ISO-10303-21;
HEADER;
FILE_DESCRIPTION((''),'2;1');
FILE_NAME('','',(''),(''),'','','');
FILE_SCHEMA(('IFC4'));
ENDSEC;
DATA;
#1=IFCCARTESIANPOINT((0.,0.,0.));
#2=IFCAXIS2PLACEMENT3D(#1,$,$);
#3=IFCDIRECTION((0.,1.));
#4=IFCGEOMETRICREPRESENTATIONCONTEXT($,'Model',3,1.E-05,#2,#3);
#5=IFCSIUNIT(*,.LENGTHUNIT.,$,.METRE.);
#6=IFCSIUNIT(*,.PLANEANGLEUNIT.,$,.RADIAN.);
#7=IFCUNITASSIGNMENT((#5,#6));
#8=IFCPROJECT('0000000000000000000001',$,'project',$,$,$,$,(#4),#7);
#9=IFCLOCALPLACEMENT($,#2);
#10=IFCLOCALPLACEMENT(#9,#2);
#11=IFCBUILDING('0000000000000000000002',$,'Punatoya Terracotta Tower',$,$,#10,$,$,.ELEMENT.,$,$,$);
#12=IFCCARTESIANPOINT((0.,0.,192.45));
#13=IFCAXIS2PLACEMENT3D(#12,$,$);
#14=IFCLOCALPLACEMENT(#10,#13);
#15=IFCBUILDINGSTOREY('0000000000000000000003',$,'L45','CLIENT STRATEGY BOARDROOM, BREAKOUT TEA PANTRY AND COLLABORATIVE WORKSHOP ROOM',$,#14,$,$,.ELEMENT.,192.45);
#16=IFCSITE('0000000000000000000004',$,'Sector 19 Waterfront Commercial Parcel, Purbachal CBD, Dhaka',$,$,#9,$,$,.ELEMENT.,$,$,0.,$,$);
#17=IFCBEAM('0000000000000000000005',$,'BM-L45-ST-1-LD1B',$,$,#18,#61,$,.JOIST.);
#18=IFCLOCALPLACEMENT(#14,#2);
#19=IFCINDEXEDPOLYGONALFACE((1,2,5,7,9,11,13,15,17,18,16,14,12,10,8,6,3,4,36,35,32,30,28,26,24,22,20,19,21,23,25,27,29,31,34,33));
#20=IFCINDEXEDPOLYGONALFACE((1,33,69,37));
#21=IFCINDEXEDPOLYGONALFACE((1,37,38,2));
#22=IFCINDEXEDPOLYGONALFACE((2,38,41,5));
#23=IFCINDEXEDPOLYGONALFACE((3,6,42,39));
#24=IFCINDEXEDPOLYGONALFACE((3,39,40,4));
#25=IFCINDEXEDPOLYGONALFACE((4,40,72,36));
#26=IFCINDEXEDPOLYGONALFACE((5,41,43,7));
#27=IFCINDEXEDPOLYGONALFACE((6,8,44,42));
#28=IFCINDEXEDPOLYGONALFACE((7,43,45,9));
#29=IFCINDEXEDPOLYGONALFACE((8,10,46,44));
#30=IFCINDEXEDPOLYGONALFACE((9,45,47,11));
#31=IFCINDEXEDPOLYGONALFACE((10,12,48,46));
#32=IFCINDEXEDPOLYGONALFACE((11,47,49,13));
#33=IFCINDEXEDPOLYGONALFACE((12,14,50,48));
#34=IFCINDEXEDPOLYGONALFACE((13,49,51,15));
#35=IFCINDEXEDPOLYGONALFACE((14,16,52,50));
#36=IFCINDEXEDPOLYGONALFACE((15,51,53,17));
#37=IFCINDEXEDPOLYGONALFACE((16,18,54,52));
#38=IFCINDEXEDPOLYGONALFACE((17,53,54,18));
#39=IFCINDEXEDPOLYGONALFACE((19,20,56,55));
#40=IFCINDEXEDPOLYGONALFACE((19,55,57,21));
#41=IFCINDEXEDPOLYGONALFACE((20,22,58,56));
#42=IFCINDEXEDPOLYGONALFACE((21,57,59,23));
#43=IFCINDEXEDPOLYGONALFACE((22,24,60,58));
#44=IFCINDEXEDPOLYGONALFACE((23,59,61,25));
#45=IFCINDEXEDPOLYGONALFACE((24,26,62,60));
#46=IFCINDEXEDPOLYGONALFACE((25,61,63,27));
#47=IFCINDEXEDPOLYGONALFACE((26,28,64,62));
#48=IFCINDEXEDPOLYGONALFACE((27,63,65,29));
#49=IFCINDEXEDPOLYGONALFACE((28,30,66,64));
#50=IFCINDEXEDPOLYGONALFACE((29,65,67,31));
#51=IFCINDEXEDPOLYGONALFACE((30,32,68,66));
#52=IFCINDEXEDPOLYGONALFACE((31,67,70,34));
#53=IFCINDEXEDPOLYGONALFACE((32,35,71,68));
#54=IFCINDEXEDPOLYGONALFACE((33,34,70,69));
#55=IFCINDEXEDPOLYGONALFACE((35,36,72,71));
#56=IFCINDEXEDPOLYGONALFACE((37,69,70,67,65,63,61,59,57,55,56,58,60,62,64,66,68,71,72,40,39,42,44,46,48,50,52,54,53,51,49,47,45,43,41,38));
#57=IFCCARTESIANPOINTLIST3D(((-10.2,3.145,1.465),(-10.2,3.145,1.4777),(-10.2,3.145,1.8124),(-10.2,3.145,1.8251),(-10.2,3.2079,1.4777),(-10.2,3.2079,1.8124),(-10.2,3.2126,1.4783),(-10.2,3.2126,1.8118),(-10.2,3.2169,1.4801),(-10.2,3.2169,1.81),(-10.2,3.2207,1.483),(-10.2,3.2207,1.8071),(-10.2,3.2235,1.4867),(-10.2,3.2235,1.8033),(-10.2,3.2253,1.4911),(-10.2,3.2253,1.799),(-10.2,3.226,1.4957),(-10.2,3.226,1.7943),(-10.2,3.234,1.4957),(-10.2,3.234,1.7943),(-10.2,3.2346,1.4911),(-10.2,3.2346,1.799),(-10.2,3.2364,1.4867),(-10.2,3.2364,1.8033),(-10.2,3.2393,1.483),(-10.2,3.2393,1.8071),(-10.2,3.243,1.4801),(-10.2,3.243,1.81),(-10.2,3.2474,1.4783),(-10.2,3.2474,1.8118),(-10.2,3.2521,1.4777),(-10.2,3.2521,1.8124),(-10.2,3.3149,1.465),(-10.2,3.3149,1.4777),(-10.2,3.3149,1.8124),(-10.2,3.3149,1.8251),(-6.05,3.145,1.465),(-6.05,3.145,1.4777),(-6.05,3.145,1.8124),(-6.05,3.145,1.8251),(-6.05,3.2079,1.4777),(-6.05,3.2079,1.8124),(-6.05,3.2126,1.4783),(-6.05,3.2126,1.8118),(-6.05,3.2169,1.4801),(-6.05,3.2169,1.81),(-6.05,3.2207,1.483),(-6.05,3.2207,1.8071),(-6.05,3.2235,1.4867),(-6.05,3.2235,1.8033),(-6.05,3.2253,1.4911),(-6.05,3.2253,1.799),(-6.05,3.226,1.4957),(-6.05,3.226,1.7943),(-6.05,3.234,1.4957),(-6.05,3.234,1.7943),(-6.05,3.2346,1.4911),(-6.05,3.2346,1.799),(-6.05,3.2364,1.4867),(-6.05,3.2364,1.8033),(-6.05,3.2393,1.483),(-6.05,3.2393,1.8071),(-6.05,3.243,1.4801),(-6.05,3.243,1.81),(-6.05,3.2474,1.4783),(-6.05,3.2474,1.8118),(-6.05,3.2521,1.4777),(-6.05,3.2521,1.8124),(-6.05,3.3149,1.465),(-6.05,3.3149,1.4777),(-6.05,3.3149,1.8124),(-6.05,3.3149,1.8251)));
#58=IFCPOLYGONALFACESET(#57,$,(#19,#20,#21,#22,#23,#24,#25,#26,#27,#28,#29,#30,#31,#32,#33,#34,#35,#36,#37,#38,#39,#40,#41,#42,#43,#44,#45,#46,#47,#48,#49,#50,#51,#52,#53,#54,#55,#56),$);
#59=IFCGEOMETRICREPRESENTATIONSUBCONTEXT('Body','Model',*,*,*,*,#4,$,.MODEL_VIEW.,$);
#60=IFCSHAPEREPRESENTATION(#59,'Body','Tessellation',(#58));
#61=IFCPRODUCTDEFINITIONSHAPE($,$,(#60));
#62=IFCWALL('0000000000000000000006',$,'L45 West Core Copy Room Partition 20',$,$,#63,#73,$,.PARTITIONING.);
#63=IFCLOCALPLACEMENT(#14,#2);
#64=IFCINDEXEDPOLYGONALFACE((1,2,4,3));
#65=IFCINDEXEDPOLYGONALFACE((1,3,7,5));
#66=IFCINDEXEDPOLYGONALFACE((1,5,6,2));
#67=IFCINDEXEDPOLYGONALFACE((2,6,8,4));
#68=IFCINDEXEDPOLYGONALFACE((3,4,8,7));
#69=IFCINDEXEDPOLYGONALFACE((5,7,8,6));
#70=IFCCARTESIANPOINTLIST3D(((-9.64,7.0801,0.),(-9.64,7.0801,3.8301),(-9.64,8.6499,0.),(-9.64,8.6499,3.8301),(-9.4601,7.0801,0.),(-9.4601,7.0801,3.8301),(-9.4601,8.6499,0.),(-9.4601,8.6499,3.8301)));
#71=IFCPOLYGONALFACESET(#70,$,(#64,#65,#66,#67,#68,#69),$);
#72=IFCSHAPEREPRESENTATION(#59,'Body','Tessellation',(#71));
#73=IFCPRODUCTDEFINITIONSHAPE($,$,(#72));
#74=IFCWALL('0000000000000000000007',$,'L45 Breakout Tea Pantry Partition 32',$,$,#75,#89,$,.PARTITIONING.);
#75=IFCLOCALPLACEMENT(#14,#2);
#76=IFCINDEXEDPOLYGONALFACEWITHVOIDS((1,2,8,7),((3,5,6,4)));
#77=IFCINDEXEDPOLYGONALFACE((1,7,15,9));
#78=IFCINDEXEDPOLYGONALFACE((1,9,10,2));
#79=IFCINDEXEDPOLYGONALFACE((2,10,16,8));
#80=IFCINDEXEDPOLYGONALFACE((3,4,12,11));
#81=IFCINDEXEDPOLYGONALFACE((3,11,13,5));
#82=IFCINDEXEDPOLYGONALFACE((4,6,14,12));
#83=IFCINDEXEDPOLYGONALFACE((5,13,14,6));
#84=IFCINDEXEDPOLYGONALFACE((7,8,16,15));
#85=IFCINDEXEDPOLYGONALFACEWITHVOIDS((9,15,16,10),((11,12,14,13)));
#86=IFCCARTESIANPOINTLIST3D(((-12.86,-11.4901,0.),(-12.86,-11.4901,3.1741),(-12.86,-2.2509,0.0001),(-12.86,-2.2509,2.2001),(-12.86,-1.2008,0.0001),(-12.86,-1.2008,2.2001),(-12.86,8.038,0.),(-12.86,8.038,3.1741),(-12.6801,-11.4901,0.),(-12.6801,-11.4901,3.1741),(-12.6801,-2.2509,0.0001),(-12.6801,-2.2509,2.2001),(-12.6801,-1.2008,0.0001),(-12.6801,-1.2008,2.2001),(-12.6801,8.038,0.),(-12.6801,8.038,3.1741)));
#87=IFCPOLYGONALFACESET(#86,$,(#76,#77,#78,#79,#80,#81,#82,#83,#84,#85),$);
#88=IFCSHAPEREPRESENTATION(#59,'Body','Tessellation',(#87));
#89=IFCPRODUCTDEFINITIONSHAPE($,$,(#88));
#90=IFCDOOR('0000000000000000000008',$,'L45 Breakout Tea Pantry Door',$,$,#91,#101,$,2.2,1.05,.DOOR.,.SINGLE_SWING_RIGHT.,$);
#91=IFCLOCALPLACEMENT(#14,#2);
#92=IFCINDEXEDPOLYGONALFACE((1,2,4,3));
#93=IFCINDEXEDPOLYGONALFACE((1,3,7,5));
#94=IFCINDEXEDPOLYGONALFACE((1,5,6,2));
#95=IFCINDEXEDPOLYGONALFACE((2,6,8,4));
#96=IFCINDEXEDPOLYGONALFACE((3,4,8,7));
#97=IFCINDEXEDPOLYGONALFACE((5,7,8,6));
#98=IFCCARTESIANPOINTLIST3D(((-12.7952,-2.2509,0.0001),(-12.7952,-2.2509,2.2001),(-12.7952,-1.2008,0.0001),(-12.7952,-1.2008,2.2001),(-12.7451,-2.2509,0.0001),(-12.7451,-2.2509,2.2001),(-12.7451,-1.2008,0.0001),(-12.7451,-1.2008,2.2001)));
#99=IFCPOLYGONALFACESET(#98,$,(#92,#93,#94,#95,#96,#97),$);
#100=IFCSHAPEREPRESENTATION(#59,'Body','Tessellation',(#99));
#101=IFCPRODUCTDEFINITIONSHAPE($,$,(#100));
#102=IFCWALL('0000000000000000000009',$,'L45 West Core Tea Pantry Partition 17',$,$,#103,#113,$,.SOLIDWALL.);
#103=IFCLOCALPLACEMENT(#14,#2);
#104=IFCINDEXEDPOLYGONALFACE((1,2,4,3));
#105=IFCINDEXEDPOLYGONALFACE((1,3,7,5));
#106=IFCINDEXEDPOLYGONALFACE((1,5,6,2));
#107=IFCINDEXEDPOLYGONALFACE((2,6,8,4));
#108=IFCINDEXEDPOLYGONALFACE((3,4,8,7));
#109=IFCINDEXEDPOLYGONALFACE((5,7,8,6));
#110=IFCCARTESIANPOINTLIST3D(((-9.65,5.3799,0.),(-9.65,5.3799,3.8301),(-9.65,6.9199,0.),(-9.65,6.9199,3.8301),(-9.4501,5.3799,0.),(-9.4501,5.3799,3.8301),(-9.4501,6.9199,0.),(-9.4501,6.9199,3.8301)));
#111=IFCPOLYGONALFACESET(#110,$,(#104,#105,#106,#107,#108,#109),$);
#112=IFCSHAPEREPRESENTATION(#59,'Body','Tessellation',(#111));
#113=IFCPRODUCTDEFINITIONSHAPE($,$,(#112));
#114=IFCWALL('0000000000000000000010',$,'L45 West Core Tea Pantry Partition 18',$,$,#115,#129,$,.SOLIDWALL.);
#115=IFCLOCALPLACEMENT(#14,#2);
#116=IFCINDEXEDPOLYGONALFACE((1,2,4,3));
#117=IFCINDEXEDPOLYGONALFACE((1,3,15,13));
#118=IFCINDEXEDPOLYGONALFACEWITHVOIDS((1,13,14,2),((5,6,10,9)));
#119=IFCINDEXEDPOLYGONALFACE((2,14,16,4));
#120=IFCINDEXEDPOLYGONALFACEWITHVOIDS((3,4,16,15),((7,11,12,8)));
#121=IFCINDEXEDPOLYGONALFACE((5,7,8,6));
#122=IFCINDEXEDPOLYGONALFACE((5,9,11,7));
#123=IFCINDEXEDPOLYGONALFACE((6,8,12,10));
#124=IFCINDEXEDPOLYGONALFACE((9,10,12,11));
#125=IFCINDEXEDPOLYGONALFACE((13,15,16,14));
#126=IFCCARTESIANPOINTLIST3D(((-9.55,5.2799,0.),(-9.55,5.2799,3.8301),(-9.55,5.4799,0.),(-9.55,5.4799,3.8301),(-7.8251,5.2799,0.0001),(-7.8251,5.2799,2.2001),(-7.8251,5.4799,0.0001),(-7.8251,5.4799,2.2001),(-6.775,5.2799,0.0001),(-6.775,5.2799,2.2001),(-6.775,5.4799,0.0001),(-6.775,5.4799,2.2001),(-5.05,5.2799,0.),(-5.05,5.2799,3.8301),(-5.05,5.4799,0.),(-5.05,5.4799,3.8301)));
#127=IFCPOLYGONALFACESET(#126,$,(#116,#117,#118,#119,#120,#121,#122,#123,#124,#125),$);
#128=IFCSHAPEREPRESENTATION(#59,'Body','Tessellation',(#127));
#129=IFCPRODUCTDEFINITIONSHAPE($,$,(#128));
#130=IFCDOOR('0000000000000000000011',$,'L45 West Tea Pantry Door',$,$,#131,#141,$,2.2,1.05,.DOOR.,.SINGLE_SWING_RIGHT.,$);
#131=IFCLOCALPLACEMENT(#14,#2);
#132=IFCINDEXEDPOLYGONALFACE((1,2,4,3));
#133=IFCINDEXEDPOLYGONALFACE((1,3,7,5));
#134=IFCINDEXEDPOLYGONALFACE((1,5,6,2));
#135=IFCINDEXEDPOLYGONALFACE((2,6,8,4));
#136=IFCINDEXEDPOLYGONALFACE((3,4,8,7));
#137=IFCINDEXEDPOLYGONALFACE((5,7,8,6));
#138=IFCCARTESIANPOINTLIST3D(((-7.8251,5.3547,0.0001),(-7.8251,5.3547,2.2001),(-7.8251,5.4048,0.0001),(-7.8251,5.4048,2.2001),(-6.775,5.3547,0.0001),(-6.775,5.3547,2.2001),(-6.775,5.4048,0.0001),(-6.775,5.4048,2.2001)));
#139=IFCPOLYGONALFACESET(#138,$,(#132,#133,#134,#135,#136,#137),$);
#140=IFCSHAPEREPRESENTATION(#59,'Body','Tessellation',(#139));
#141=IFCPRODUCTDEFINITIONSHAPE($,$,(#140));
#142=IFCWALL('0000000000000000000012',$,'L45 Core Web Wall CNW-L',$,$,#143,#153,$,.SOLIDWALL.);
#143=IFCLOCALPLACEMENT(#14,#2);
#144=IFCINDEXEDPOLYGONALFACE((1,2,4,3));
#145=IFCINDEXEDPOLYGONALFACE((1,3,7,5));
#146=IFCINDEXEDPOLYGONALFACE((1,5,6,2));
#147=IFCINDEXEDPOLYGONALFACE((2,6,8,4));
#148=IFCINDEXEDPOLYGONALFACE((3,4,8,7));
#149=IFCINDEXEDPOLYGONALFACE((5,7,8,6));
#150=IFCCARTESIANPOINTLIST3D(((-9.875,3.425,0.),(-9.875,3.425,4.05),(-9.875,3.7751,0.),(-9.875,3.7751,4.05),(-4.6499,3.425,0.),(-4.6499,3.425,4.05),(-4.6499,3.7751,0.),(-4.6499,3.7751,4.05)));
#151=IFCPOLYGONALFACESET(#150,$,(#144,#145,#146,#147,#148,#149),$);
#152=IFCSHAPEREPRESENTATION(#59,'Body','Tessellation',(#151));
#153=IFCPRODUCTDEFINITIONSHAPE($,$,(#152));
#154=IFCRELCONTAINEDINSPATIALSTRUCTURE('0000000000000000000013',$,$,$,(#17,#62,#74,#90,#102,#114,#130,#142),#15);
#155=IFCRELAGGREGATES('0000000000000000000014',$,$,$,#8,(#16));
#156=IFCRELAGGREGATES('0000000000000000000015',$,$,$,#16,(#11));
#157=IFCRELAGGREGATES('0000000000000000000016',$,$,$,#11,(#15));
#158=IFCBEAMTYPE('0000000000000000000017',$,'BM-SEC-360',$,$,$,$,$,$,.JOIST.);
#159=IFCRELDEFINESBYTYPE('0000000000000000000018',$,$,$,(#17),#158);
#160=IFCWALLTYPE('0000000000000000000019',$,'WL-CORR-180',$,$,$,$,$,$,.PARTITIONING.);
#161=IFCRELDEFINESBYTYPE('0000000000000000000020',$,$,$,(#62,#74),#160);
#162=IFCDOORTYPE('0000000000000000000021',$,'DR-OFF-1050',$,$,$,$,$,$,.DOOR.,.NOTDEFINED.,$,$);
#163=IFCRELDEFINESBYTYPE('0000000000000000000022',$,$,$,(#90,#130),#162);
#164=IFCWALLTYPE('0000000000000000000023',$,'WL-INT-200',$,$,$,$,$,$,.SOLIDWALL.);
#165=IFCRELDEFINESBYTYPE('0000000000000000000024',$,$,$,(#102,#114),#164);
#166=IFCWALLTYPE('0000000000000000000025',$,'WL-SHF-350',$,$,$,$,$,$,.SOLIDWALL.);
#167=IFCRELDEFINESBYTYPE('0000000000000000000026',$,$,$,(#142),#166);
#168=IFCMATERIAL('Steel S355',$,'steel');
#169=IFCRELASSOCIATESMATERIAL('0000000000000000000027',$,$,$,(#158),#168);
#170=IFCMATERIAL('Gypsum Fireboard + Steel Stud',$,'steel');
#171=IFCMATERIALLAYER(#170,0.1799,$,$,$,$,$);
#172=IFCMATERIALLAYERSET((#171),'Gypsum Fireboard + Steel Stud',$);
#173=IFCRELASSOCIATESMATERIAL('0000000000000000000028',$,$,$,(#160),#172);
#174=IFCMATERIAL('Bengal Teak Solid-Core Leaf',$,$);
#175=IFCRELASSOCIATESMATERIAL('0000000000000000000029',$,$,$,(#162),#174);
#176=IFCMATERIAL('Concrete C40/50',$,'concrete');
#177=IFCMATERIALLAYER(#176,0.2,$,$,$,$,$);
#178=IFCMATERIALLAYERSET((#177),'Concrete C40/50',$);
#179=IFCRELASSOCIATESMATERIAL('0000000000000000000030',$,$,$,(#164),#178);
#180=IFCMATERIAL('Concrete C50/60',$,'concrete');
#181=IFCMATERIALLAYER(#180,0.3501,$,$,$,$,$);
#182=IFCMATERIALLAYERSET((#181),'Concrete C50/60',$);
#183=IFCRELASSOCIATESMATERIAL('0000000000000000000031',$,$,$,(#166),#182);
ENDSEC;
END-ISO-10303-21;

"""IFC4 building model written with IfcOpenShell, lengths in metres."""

from ifc_helpers import new_model, si_unit, direction, frame, frame_2d, origin, origin_2d, place, context, subcontext, project, spatial, rectangle, i_section, extrude, material, layer, layer_set, material_profile, profile_set, type_object, element, fill, save


model = new_model("IFC4")

# Units and contexts
model_context = context("Model", 3, precision=1e-05, world=origin(), true_north=direction((0.0, 1.0)))
body_context = subcontext(model_context, "Body", "Model", "MODEL_VIEW")
ifc_project = project(units=[si_unit("LENGTHUNIT", "METRE"), si_unit("PLANEANGLEUNIT", "RADIAN")], contexts=[model_context])

# Site, building, storey
site_placement = place(None, origin())
site = spatial("IfcSite", under=ifc_project, at=site_placement, Name="Sector 19 Waterfront Commercial Parcel, Purbachal CBD, Dhaka", CompositionType="ELEMENT", RefElevation=0.0)
building_placement = place(site_placement, origin())
building = spatial("IfcBuilding", under=site, at=building_placement, Name="Punatoya Terracotta Tower", CompositionType="ELEMENT")
storey_placement = place(building_placement, frame((0.0, 0.0, 192.45)))
storey = spatial("IfcBuildingStorey", under=building, at=storey_placement, Name="L45", Description="CLIENT STRATEGY BOARDROOM, BREAKOUT TEA PANTRY AND COLLABORATIVE WORKSHOP ROOM", CompositionType="ELEMENT", Elevation=192.45)

# Beam
ifc_material_1 = material(Name="Steel S355", Category="steel")
ifc_material_profile_1 = material_profile(ifc_material_1, i_section(OverallWidth=0.1699, OverallDepth=0.3601, WebThickness=0.0081, FlangeThickness=0.0127, FilletRadius=0.0181, at=origin_2d()))
ifc_profile_set_1 = profile_set([ifc_material_profile_1], Name="Steel S355")
beam_type_1 = type_object("IfcBeamType", Name="BM-SEC-360", PredefinedType="JOIST", material=ifc_profile_set_1)
for number, where, z_axis, x_axis, name in (
    (1, (-10.2, 3.23, 1.645), (1.0, 0.0, 0.0), (0.0, 1.0, 0.0), "BM-L45-ST-1-LD1B"),
):
    element("IfcBeam", number, at=place(storey_placement, frame(where, z_axis=z_axis, x_axis=x_axis)), inside=storey, type_object=beam_type_1, Name=name, PredefinedType="JOIST", context=body_context, shape_type="SweptSolid", body=[
        extrude(i_section(OverallWidth=0.1699, OverallDepth=0.3601, WebThickness=0.0081, FlangeThickness=0.0127, FilletRadius=0.0181, at=origin_2d()), origin(), (0.0, 0.0, 1.0), 4.1499),
    ])

# Wall
ifc_material_2 = material(Name="Gypsum Fireboard + Steel Stud", Category="steel")
ifc_layer_1 = layer(ifc_material_2, 0.1799)
ifc_layer_set_1 = layer_set([ifc_layer_1], Name="Gypsum Fireboard + Steel Stud")
wall_type_1 = type_object("IfcWallType", Name="WL-CORR-180", PredefinedType="PARTITIONING", material=ifc_layer_set_1)
wall_1_placement = place(storey_placement, frame((-9.55, 8.6499, 0.0), z_axis=(0.0, 0.0, 1.0), x_axis=(0.0, -1.0, 0.0)))
element("IfcWall", 2, at=wall_1_placement, inside=storey, type_object=wall_type_1, Name="L45 West Core Copy Room Partition 20", PredefinedType="PARTITIONING", context=body_context, shape_type="SweptSolid", body=[
    extrude(rectangle(XDim=1.5698, YDim=0.1799, at=frame_2d((0.7849, 0.0))), origin(), (0.0, 0.0, 1.0), 3.8301),
])

# Wall, opening, door
wall_2_placement = place(storey_placement, frame((-12.77, 8.0381, 0.0), z_axis=(0.0, 0.0, 1.0), x_axis=(0.0, -1.0, 0.0)))
wall_2 = element("IfcWall", 3, at=wall_2_placement, inside=storey, type_object=wall_type_1, Name="L45 Breakout Tea Pantry Partition 32", PredefinedType="PARTITIONING", context=body_context, shape_type="SweptSolid", body=[
    extrude(rectangle(XDim=19.5281, YDim=0.1799, at=frame_2d((9.7642, 0.0))), origin(), (0.0, 0.0, 1.0), 3.1741),
])
opening_1_placement = place(wall_2_placement, frame((9.239, 0.0, 0.0)))
opening_1 = element("IfcOpeningElement", 4, at=opening_1_placement, cuts=wall_2, PredefinedType="OPENING", context=body_context, shape_type="SweptSolid", body=[
    extrude(rectangle(XDim=1.05, YDim=2.2, at=frame_2d((0.5249, 1.1001))), frame((0.0, 0.0999, 0.0), z_axis=(0.0, -1.0, 0.0), x_axis=(1.0, 0.0, 0.0)), (0.0, 0.0, 1.0), 0.2),
])
ifc_material_3 = material(Name="Bengal Teak Solid-Core Leaf")
door_type = type_object("IfcDoorType", Name="DR-OFF-1050", OperationType="NOTDEFINED", PredefinedType="DOOR", material=ifc_material_3)
door_1_placement = place(opening_1_placement, origin())
door_1 = element("IfcDoor", 5, at=door_1_placement, inside=storey, type_object=door_type, Name="L45 Breakout Tea Pantry Door", OperationType="SINGLE_SWING_RIGHT", OverallHeight=2.2, OverallWidth=1.05, PredefinedType="DOOR", context=body_context, shape_type="SweptSolid", body=[
    extrude(rectangle(XDim=1.05, YDim=2.2, at=frame_2d((0.5249, 1.1001))), frame((0.0, 0.0249, 0.0), z_axis=(0.0, -1.0, 0.0), x_axis=(1.0, 0.0, 0.0)), (0.0, 0.0, 1.0), 0.05),
])
fill(opening_1, door_1)

# Wall
ifc_material_4 = material(Name="Concrete C40/50", Category="concrete")
ifc_layer_2 = layer(ifc_material_4, 0.2)
ifc_layer_set_2 = layer_set([ifc_layer_2], Name="Concrete C40/50")
wall_type_2 = type_object("IfcWallType", Name="WL-INT-200", PredefinedType="SOLIDWALL", material=ifc_layer_set_2)
wall_3_placement = place(storey_placement, frame((-9.55, 6.9199, 0.0), z_axis=(0.0, 0.0, 1.0), x_axis=(0.0, -1.0, 0.0)))
element("IfcWall", 6, at=wall_3_placement, inside=storey, type_object=wall_type_2, Name="L45 West Core Tea Pantry Partition 17", PredefinedType="SOLIDWALL", context=body_context, shape_type="SweptSolid", body=[
    extrude(rectangle(XDim=1.54, YDim=0.2, at=frame_2d((0.77, 0.0))), origin(), (0.0, 0.0, 1.0), 3.8301),
])

# Wall, opening, door
wall_4_placement = place(storey_placement, frame((-9.55, 5.3799, 0.0), z_axis=(0.0, 0.0, 1.0), x_axis=(1.0, 0.0, 0.0)))
wall_4 = element("IfcWall", 7, at=wall_4_placement, inside=storey, type_object=wall_type_2, Name="L45 West Core Tea Pantry Partition 18", PredefinedType="SOLIDWALL", context=body_context, shape_type="SweptSolid", body=[
    extrude(rectangle(XDim=4.5, YDim=0.2, at=frame_2d((2.25, 0.0))), origin(), (0.0, 0.0, 1.0), 3.8301),
])
opening_2_placement = place(wall_4_placement, frame((1.7251, 0.0, 0.0)))
opening_2 = element("IfcOpeningElement", 8, at=opening_2_placement, cuts=wall_4, PredefinedType="OPENING", context=body_context, shape_type="SweptSolid", body=[
    extrude(rectangle(XDim=1.05, YDim=2.2, at=frame_2d((0.5249, 1.1001))), frame((0.0, 0.1099, 0.0), z_axis=(0.0, -1.0, 0.0), x_axis=(1.0, 0.0, 0.0)), (0.0, 0.0, 1.0), 0.22),
])
door_2_placement = place(opening_2_placement, origin())
door_2 = element("IfcDoor", 9, at=door_2_placement, inside=storey, type_object=door_type, Name="L45 West Tea Pantry Door", OperationType="SINGLE_SWING_RIGHT", OverallHeight=2.2, OverallWidth=1.05, PredefinedType="DOOR", context=body_context, shape_type="SweptSolid", body=[
    extrude(rectangle(XDim=1.05, YDim=2.2, at=frame_2d((0.5249, 1.1001))), frame((0.0, 0.0249, 0.0), z_axis=(0.0, -1.0, 0.0), x_axis=(1.0, 0.0, 0.0)), (0.0, 0.0, 1.0), 0.05),
])
fill(opening_2, door_2)

# Wall
ifc_material_5 = material(Name="Concrete C50/60", Category="concrete")
ifc_layer_3 = layer(ifc_material_5, 0.3501)
ifc_layer_set_3 = layer_set([ifc_layer_3], Name="Concrete C50/60")
wall_type_3 = type_object("IfcWallType", Name="WL-SHF-350", PredefinedType="SOLIDWALL", material=ifc_layer_set_3)
wall_5_placement = place(storey_placement, frame((-9.875, 3.6001, 0.0), z_axis=(0.0, 0.0, 1.0), x_axis=(1.0, 0.0, 0.0)))
element("IfcWall", 10, at=wall_5_placement, inside=storey, type_object=wall_type_3, Name="L45 Core Web Wall CNW-L", PredefinedType="SOLIDWALL", context=body_context, shape_type="SweptSolid", body=[
    extrude(rectangle(XDim=5.2251, YDim=0.3501, at=frame_2d((2.6125, 0.0))), origin(), (0.0, 0.0, 1.0), 4.05),
])

save(model, "model.ifc")
